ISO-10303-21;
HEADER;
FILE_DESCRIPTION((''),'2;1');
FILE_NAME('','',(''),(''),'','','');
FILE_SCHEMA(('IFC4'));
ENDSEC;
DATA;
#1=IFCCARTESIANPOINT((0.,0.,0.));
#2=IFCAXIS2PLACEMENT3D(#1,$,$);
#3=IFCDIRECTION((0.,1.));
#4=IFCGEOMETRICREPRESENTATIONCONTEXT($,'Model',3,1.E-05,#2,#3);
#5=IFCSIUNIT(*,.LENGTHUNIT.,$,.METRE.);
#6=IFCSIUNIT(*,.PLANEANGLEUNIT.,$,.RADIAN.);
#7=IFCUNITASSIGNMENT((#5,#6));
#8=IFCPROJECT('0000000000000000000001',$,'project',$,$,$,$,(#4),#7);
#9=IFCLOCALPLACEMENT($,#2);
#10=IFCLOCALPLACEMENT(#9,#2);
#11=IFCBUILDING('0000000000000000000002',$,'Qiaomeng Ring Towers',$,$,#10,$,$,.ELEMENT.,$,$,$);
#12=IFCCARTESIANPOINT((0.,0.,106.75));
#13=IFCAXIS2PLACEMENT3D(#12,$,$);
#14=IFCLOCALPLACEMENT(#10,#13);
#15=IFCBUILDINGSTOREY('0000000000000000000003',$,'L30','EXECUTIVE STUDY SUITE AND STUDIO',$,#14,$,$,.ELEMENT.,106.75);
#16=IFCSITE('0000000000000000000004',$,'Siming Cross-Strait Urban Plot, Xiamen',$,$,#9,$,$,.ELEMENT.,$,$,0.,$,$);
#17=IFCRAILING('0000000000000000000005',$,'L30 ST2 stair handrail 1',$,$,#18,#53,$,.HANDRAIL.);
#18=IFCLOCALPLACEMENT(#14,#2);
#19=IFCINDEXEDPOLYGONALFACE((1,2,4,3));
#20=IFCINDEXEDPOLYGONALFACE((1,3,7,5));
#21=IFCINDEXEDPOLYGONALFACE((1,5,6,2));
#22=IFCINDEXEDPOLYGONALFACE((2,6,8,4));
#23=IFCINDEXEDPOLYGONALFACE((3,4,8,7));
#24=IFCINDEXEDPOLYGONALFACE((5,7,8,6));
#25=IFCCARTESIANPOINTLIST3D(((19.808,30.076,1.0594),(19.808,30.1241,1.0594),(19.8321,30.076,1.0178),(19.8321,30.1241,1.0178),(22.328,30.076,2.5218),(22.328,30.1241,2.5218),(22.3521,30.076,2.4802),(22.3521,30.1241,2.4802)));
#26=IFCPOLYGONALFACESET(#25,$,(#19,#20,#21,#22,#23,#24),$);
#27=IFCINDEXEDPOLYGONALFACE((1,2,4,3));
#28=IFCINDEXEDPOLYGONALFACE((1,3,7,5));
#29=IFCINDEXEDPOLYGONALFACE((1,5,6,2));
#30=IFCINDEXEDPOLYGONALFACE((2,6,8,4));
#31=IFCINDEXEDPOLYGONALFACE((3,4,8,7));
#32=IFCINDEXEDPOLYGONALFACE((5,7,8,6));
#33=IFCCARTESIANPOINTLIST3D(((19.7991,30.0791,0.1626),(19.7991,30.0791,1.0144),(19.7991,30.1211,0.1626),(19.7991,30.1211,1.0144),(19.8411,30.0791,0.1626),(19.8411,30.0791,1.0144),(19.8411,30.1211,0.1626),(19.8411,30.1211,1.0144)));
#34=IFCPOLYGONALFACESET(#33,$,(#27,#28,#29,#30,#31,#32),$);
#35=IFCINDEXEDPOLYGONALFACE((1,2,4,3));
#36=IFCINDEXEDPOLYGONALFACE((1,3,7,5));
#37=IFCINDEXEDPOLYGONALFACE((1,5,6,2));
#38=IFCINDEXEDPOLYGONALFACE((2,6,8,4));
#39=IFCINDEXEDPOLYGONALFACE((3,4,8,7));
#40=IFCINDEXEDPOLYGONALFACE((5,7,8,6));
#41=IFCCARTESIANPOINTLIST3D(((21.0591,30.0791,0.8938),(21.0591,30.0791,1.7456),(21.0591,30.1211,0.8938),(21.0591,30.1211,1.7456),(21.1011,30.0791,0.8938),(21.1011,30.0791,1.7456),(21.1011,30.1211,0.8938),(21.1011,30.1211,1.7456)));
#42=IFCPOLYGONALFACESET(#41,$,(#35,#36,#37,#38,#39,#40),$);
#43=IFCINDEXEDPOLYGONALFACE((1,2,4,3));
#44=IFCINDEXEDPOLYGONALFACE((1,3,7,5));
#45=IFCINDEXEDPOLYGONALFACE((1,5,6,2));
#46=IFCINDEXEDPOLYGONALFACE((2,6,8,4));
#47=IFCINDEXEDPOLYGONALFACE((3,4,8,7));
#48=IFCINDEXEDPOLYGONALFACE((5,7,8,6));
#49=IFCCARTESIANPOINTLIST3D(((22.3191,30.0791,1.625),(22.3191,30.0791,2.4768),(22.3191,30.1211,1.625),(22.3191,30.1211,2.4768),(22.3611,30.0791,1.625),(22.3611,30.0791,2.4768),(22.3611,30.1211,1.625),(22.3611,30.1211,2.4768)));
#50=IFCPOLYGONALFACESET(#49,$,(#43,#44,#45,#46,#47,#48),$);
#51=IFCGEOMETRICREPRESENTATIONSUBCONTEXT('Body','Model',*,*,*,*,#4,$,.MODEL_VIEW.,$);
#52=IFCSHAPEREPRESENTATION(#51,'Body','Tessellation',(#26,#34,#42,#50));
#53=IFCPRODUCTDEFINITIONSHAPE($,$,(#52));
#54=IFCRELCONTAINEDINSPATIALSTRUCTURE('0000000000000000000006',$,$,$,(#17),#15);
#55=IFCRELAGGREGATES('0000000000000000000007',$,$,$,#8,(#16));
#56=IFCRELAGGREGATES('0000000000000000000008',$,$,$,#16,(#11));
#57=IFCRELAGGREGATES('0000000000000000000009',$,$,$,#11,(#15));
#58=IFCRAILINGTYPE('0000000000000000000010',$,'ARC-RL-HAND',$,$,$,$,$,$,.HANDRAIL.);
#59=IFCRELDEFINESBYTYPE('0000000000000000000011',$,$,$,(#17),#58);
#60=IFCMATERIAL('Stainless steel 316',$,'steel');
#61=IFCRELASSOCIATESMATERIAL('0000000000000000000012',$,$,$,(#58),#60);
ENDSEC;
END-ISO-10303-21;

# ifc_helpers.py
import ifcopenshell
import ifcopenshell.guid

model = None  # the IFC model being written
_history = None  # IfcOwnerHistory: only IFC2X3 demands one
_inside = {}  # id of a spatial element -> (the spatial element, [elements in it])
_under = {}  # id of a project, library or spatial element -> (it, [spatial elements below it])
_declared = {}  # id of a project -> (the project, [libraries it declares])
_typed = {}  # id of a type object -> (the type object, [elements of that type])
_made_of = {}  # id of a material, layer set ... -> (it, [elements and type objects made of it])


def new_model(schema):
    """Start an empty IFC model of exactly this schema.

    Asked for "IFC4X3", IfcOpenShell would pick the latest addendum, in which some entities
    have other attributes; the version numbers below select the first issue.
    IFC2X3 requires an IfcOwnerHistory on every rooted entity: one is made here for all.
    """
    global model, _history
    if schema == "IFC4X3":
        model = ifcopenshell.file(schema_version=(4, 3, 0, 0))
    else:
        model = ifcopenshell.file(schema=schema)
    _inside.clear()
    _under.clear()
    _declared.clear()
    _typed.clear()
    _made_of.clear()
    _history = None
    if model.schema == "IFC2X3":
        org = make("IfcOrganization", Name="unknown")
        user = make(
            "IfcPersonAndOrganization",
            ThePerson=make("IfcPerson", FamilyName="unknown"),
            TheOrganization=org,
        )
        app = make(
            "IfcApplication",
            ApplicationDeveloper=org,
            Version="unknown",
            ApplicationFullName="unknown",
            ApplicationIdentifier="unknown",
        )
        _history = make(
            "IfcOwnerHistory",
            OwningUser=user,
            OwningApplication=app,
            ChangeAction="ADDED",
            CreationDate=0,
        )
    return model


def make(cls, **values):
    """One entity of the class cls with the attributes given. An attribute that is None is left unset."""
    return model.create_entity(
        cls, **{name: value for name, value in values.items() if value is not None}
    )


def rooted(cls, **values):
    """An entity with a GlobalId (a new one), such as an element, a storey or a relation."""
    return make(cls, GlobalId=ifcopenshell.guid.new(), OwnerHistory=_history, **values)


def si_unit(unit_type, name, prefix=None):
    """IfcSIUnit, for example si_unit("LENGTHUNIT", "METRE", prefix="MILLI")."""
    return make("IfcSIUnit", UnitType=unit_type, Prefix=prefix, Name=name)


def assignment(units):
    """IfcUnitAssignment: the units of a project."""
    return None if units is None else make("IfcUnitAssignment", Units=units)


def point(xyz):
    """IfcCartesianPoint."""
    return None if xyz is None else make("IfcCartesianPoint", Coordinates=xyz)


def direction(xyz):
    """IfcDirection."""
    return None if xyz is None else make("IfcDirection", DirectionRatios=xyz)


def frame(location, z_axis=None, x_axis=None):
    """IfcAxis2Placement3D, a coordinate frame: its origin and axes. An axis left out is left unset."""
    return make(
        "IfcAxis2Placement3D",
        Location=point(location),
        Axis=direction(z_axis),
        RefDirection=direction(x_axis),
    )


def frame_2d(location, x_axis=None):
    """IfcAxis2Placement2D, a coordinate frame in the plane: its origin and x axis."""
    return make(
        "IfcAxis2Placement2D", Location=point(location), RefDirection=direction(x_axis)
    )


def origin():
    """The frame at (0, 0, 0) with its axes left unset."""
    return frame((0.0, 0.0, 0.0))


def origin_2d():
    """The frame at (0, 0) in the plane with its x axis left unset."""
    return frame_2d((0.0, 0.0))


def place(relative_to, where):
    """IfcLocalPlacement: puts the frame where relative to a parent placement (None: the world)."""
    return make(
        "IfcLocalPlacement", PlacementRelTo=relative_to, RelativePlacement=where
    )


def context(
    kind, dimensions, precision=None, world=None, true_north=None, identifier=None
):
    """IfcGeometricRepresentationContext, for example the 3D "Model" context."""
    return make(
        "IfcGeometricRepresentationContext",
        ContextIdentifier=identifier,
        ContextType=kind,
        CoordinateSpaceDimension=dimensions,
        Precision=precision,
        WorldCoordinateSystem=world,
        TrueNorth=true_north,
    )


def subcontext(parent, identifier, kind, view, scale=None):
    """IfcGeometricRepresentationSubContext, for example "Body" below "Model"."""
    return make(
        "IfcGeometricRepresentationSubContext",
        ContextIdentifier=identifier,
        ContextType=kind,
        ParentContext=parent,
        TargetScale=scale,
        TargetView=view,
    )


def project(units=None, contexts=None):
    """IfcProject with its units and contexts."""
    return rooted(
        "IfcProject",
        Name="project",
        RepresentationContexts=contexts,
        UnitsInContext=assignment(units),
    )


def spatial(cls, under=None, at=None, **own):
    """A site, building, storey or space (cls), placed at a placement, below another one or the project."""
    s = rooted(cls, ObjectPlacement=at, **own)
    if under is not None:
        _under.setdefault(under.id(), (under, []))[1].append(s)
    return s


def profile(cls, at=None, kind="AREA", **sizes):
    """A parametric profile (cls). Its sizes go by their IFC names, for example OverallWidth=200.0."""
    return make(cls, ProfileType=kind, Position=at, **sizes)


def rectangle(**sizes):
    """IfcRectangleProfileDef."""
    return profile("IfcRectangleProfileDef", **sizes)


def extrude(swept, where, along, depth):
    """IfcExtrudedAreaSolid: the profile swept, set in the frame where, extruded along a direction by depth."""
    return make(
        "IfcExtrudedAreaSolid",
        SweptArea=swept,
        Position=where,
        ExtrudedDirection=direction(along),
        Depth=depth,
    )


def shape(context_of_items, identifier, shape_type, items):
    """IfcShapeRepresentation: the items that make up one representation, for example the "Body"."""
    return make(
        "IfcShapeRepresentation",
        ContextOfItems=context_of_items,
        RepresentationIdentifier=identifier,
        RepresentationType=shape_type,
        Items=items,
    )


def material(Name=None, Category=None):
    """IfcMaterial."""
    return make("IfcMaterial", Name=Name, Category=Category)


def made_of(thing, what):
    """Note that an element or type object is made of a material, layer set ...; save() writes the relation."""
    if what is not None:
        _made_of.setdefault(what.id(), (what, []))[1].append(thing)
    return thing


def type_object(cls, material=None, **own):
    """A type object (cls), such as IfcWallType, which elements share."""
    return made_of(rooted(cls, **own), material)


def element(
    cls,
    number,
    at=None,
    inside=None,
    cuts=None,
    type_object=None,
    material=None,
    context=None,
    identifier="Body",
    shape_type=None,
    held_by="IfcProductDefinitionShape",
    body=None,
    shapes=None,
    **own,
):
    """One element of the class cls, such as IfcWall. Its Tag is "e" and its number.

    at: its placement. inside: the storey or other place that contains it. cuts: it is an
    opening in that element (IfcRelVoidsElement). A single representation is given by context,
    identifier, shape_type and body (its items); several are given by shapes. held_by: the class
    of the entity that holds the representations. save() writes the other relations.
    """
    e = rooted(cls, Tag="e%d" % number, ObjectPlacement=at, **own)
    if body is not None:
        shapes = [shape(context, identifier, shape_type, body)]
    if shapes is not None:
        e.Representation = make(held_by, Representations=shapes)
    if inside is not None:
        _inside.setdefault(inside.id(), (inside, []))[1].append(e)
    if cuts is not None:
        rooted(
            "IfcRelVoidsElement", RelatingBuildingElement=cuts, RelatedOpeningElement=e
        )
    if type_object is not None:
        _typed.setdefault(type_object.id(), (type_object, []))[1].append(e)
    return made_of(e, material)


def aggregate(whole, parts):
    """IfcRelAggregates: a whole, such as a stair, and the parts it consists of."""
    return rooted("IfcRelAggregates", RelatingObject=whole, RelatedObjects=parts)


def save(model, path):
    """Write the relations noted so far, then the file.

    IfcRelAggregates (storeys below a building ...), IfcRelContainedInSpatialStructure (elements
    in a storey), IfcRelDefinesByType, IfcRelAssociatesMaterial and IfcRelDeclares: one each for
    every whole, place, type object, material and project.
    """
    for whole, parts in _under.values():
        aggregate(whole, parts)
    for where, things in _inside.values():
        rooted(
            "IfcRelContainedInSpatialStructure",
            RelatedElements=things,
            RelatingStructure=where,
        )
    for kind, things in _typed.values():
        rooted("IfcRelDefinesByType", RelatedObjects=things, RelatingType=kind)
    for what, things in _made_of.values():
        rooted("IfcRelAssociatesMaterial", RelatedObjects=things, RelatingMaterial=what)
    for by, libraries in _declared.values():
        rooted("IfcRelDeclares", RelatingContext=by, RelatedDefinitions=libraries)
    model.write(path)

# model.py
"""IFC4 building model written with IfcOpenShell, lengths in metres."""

from ifc_helpers import new_model, si_unit, direction, frame, origin, origin_2d, place, context, subcontext, project, spatial, rectangle, extrude, material, type_object, element, save


model = new_model("IFC4")

# Units and contexts
model_context = context("Model", 3, precision=1e-05, world=origin(), true_north=direction((0.0, 1.0)))
body_context = subcontext(model_context, "Body", "Model", "MODEL_VIEW")
ifc_project = project(units=[si_unit("LENGTHUNIT", "METRE"), si_unit("PLANEANGLEUNIT", "RADIAN")], contexts=[model_context])

# Site, building, storey
site_placement = place(None, origin())
site = spatial("IfcSite", under=ifc_project, at=site_placement, Name="Siming Cross-Strait Urban Plot, Xiamen", CompositionType="ELEMENT", RefElevation=0.0)
building_placement = place(site_placement, origin())
building = spatial("IfcBuilding", under=site, at=building_placement, Name="Qiaomeng Ring Towers", CompositionType="ELEMENT")
storey_placement = place(building_placement, frame((0.0, 0.0, 106.75)))
storey = spatial("IfcBuildingStorey", under=building, at=storey_placement, Name="L30", Description="EXECUTIVE STUDY SUITE AND STUDIO", CompositionType="ELEMENT", Elevation=106.75)

# Shared definitions
ifc_material_1 = material(Name="Stainless steel 316", Category="steel")

# Railing
railing_type_1 = type_object("IfcRailingType", Name="ARC-RL-HAND", PredefinedType="HANDRAIL", material=ifc_material_1)
railing_1_placement = place(storey_placement, frame((19.8201, 30.1001, 0.1626)))
element("IfcRailing", 1, at=railing_1_placement, inside=storey, type_object=railing_type_1, Name="L30 ST2 stair handrail 1", PredefinedType="HANDRAIL", context=body_context, shape_type="SweptSolid", body=[
    extrude(rectangle(XDim=0.0481, YDim=0.0481, at=origin_2d()), frame((0.0, 0.0, 0.876), z_axis=(0.864913, 0.0, 0.501921), x_axis=(0.0, 1.0, 0.0)), (0.0, 0.0, 1.0), 2.9136),
    extrude(rectangle(XDim=0.042, YDim=0.042, at=origin_2d()), origin(), (0.0, 0.0, 1.0), 0.8518),
    extrude(rectangle(XDim=0.042, YDim=0.042, at=origin_2d()), frame((1.26, 0.0, 0.7312)), (0.0, 0.0, 1.0), 0.8518),
    extrude(rectangle(XDim=0.042, YDim=0.042, at=origin_2d()), frame((2.52, 0.0, 1.4624)), (0.0, 0.0, 1.0), 0.8518),
])

save(model, "model.ifc")
